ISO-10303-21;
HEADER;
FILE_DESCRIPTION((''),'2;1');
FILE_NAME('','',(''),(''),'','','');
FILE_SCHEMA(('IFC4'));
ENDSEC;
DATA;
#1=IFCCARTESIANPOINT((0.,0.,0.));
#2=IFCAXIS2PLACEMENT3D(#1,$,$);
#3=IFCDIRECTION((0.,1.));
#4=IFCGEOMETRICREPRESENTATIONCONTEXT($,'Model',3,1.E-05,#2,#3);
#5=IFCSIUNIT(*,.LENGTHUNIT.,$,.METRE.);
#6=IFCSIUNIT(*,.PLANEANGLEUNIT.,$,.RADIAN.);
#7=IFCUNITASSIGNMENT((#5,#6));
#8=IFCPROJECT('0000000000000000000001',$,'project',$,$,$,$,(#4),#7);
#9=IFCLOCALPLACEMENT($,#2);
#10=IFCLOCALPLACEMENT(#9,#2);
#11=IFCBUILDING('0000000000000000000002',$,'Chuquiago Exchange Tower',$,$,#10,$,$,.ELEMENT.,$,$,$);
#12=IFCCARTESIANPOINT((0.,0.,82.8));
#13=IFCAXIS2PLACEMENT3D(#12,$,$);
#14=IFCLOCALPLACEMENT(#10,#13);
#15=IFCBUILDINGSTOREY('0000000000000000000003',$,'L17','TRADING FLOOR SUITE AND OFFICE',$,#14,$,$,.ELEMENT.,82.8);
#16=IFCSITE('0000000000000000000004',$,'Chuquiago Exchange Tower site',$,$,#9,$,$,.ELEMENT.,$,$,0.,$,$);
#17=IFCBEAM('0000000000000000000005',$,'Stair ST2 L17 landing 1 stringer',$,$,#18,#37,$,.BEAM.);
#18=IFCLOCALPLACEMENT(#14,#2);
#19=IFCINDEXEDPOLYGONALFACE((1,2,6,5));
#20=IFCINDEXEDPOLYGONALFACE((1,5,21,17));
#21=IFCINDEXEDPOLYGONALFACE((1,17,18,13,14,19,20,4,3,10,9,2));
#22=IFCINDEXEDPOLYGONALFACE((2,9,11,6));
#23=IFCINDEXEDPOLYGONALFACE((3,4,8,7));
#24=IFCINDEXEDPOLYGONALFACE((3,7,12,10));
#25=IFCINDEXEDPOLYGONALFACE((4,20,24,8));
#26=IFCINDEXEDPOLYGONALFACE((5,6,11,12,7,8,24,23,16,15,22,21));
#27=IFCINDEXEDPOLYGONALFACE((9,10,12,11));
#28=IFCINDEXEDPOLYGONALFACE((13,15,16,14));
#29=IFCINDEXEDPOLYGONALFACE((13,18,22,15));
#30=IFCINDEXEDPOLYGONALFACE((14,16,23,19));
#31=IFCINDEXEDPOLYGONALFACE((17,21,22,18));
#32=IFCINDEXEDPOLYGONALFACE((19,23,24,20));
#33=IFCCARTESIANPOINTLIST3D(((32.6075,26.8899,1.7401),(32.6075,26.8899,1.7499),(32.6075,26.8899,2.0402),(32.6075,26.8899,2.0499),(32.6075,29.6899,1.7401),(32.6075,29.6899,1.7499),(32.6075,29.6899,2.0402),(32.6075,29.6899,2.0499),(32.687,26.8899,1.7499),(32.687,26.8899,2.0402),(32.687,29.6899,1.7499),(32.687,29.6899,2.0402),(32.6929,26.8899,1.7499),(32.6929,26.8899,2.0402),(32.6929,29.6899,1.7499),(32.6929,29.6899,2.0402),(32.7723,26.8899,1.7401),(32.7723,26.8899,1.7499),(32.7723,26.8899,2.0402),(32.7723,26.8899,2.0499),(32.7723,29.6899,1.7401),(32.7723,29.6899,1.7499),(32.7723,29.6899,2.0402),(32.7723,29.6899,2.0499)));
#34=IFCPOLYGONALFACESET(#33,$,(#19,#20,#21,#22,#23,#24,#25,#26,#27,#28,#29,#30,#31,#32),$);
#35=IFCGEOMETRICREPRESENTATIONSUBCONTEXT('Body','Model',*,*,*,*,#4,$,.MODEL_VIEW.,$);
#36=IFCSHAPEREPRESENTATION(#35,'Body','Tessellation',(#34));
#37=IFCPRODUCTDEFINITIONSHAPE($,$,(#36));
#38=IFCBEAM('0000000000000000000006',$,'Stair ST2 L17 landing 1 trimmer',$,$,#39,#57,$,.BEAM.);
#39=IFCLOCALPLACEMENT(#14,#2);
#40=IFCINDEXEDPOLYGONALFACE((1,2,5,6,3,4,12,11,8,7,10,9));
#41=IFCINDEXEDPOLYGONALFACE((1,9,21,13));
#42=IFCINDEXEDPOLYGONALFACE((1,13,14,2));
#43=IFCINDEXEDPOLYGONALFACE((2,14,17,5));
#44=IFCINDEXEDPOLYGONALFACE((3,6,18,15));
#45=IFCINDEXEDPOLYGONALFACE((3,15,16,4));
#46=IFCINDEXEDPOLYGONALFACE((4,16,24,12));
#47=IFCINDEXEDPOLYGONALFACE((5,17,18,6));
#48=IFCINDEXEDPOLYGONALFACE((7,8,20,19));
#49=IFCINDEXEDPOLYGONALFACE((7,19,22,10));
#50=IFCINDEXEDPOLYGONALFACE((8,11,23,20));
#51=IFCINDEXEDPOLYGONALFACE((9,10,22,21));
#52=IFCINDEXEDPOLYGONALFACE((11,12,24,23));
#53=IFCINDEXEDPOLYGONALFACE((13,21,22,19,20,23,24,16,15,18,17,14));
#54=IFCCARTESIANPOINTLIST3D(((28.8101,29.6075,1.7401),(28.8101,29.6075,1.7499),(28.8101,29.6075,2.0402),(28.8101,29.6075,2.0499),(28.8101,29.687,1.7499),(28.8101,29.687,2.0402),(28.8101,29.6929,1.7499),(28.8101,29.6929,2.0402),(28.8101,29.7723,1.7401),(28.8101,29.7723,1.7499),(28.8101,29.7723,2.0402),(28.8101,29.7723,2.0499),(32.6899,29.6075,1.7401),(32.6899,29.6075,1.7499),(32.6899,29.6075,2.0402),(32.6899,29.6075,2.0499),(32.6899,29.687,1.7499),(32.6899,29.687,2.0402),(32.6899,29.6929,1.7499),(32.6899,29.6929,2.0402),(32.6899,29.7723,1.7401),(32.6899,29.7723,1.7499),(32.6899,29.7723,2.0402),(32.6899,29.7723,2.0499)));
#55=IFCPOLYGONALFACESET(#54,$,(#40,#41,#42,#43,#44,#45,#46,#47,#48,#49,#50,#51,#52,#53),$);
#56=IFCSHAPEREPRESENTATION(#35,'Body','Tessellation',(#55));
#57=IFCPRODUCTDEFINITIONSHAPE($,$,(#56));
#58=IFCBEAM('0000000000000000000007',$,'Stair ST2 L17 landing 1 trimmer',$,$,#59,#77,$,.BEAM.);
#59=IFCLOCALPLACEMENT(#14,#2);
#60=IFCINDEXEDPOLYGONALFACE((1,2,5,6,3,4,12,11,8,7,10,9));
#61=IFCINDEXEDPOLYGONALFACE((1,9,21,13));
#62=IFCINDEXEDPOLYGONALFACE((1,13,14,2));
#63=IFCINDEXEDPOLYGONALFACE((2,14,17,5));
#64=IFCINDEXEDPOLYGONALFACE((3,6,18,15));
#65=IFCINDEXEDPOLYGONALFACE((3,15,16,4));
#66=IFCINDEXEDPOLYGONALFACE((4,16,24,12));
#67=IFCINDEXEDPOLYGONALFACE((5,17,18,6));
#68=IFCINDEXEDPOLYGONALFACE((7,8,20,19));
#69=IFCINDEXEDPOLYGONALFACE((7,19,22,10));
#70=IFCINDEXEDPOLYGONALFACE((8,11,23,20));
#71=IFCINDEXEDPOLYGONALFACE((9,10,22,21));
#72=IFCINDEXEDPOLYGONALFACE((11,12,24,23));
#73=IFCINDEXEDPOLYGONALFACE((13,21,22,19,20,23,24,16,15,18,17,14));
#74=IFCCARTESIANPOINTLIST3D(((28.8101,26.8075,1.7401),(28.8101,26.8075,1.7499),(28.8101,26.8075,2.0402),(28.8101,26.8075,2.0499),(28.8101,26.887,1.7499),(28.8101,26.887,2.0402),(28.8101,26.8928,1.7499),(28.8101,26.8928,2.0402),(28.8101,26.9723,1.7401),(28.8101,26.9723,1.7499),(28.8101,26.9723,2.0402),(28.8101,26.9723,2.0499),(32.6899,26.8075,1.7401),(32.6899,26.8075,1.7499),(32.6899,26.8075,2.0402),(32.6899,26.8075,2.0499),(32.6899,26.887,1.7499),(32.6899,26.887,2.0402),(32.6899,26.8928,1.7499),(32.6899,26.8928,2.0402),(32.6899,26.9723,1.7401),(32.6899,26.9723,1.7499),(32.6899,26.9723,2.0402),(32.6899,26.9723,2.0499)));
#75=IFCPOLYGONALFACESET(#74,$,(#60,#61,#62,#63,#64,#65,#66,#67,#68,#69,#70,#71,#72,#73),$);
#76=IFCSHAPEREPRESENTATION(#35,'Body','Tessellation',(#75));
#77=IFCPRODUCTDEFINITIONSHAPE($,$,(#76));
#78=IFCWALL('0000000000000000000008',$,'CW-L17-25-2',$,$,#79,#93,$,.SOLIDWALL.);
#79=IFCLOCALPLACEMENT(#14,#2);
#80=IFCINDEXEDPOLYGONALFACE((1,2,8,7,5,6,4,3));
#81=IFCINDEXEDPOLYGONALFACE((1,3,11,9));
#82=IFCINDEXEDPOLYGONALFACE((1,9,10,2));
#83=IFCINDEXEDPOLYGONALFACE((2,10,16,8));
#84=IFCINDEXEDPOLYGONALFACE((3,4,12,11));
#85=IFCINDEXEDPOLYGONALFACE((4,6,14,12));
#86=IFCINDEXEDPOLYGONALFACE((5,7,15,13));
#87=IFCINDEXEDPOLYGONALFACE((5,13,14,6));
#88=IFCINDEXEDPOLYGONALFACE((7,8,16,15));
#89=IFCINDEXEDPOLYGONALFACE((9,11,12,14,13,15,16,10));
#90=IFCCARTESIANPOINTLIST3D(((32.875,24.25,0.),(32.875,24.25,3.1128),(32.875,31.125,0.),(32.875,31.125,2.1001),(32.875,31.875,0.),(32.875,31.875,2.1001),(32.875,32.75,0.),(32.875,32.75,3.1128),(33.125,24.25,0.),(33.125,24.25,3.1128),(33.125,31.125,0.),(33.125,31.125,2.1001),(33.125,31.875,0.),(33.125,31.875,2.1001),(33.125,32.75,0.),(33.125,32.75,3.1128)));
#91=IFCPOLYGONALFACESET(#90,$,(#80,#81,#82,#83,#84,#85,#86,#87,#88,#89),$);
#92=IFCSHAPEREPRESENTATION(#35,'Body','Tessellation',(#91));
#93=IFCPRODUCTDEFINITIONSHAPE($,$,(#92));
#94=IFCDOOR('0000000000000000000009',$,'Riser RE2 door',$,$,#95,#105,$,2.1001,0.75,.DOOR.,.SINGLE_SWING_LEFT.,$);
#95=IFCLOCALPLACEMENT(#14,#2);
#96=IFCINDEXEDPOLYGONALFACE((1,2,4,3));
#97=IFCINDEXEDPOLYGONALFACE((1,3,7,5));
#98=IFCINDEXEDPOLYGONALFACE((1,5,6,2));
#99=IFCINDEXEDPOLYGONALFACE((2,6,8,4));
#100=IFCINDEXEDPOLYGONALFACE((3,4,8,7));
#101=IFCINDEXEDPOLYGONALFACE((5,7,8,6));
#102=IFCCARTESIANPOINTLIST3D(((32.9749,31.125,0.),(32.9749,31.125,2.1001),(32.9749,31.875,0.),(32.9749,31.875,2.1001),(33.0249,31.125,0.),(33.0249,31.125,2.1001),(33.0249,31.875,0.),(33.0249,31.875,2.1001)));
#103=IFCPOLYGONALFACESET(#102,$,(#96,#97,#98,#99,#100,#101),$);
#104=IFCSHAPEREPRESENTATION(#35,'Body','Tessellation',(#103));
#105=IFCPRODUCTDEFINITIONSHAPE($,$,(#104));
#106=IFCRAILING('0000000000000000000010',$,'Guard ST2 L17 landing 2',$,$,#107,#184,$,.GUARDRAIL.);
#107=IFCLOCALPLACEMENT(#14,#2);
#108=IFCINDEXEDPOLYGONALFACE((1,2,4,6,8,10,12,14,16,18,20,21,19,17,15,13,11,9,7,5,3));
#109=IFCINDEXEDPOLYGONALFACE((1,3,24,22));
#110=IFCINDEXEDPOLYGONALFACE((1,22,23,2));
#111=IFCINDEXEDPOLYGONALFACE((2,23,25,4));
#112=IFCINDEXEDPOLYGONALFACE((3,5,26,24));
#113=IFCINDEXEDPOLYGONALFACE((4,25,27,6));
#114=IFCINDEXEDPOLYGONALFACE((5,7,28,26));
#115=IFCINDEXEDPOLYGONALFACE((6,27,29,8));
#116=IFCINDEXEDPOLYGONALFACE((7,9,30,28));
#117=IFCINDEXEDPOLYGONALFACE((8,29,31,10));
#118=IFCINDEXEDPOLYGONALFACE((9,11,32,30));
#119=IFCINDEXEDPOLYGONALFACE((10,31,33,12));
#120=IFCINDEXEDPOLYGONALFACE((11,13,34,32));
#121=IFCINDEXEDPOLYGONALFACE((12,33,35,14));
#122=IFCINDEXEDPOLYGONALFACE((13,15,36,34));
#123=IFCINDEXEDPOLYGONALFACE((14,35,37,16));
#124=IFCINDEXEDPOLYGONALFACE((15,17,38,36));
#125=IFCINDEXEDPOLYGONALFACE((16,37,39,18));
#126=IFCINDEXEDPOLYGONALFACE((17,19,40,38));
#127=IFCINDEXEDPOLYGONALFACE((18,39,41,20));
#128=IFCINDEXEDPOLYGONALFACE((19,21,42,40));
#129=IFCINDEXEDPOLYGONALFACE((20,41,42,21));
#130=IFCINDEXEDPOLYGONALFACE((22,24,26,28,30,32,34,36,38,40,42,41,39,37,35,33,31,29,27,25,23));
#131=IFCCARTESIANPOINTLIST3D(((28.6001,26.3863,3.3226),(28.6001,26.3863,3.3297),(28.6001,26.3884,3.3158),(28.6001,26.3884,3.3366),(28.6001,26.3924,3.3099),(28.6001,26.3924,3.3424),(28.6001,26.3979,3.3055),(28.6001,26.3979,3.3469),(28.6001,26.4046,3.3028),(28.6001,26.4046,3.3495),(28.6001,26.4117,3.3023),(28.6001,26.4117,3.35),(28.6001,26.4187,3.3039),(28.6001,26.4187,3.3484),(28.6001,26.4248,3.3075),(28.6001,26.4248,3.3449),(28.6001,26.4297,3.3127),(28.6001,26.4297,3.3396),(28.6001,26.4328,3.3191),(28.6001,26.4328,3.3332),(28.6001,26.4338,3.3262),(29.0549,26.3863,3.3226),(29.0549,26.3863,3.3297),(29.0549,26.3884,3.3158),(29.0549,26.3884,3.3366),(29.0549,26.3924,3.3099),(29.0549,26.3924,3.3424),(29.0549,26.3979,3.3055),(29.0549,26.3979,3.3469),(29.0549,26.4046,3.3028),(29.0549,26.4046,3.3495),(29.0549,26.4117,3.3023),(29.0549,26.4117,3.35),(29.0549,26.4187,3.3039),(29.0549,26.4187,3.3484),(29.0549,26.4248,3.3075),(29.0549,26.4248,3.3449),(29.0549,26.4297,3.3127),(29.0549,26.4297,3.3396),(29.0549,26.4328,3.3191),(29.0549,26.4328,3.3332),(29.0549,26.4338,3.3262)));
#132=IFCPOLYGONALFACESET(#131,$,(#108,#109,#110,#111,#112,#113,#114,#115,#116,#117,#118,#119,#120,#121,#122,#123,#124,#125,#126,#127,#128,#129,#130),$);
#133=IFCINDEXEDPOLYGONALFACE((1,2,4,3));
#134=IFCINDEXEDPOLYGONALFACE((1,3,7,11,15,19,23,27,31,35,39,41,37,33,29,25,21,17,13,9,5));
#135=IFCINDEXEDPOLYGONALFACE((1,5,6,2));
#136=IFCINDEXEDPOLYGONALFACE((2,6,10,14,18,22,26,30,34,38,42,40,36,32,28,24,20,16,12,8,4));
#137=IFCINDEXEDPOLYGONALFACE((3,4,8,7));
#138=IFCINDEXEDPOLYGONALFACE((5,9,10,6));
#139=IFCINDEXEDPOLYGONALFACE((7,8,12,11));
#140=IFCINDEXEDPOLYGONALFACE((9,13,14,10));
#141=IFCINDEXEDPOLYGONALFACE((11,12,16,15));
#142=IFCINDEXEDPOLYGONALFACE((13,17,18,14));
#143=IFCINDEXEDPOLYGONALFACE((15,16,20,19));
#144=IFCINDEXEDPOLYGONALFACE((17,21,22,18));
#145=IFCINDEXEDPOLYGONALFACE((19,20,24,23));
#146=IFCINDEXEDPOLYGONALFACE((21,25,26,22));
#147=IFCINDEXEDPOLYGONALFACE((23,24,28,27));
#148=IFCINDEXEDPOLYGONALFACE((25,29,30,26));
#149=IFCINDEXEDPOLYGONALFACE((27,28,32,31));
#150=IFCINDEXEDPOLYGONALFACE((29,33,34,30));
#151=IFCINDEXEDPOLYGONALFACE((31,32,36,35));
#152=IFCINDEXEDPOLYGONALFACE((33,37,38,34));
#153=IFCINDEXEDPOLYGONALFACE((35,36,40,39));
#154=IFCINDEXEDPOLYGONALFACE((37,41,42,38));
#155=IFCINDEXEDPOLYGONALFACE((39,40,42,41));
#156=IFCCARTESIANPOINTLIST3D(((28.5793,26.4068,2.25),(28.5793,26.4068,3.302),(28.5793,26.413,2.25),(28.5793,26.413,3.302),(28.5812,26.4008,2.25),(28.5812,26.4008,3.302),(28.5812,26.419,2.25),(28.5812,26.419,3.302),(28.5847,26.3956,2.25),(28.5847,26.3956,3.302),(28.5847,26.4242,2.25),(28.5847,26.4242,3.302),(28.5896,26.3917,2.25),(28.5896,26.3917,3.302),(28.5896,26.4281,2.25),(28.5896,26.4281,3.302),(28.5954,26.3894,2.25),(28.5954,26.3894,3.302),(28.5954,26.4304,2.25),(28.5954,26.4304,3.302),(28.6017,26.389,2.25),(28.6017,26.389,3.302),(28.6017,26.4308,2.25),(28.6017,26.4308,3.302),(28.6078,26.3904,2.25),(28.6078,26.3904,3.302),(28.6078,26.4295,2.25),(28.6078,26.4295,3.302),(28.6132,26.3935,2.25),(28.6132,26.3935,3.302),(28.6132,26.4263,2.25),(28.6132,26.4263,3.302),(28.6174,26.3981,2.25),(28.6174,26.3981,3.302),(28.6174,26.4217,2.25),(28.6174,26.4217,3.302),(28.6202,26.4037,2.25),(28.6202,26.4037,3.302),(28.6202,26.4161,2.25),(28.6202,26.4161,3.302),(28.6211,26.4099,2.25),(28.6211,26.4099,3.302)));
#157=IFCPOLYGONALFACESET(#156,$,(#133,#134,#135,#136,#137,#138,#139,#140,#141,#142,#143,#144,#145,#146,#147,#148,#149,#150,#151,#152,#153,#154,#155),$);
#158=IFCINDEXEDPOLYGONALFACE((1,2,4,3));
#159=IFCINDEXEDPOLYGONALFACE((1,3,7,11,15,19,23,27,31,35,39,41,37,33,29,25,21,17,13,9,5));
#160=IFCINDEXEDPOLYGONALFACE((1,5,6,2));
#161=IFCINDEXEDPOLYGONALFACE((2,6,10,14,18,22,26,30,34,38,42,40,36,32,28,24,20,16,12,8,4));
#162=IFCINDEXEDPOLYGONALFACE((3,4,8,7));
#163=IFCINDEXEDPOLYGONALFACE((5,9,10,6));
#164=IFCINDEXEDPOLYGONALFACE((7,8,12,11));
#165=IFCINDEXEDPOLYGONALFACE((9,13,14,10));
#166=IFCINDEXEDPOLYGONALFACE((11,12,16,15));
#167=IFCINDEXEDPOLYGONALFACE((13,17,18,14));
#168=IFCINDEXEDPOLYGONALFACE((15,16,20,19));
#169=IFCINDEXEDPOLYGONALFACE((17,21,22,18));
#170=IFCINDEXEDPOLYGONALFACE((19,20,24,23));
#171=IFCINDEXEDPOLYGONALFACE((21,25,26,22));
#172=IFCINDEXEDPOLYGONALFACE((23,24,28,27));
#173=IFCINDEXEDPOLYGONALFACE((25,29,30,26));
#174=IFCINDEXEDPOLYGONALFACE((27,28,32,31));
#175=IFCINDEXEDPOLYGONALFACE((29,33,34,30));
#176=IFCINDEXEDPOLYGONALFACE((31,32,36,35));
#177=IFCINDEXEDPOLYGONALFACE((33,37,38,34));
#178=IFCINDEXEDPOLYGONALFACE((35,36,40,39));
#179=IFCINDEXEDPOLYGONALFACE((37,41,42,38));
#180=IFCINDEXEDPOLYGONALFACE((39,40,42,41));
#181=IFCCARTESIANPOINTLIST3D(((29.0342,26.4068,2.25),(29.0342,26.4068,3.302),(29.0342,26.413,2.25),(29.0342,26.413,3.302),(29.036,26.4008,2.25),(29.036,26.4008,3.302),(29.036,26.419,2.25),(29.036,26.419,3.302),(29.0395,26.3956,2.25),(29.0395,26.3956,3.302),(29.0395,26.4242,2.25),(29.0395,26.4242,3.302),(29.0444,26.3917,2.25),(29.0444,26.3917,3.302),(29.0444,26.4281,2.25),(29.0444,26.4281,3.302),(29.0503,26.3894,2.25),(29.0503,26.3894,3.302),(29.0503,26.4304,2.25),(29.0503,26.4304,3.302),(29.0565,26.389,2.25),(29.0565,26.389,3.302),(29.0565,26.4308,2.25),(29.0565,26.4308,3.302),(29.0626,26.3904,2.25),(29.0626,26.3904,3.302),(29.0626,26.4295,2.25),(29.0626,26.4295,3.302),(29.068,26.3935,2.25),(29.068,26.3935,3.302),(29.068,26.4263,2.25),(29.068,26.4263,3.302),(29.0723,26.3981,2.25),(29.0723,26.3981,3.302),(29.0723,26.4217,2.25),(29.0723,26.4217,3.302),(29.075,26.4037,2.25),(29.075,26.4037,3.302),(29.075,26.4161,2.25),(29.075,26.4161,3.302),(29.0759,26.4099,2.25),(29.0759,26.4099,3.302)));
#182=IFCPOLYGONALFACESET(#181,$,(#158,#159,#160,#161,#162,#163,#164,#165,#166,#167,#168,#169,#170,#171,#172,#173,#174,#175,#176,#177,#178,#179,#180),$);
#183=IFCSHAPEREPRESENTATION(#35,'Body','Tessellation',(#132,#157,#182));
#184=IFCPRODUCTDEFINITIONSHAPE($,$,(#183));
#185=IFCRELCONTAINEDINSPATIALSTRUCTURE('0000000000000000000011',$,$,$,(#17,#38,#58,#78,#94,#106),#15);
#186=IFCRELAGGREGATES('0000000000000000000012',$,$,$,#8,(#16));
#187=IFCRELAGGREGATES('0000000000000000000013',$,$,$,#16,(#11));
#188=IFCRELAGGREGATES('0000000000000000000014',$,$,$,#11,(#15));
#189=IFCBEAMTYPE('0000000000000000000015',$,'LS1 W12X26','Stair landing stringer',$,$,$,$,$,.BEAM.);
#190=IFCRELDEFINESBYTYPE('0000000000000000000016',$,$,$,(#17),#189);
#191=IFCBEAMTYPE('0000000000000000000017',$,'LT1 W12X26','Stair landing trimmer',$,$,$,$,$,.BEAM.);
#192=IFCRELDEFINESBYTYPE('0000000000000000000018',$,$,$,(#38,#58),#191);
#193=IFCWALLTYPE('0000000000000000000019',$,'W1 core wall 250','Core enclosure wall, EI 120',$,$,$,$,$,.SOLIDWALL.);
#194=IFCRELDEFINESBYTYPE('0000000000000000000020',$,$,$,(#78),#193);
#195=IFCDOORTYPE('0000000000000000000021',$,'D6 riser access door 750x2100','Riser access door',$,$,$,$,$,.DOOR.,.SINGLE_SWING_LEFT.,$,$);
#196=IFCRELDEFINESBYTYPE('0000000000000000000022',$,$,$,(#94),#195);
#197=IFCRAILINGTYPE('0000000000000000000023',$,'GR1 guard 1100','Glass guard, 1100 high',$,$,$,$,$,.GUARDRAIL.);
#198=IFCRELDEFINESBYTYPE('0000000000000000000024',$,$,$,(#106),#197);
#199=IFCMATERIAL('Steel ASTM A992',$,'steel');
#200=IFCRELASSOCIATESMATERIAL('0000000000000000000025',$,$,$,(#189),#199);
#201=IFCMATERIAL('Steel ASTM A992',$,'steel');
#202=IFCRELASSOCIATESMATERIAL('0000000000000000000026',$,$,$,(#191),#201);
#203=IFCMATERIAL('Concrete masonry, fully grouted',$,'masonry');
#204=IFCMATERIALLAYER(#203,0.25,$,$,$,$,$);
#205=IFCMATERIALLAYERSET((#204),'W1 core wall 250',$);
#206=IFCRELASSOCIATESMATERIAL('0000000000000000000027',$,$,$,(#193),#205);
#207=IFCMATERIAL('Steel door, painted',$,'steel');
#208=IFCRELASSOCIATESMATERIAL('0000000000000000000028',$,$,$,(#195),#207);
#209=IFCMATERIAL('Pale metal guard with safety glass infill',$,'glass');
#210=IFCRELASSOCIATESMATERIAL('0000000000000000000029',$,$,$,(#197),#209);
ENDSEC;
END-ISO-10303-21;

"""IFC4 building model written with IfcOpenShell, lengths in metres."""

from ifc_helpers import new_model, si_unit, direction, frame, frame_2d, origin, origin_2d, place, context, subcontext, project, spatial, rectangle, circle, i_section, extrude, material, layer, layer_set, material_profile, profile_set, type_object, element, fill, save


model = new_model("IFC4")

# Units and contexts
model_context = context("Model", 3, precision=1e-05, world=origin(), true_north=direction((0.0, 1.0)))
body_context = subcontext(model_context, "Body", "Model", "MODEL_VIEW")
ifc_project = project(units=[si_unit("LENGTHUNIT", "METRE"), si_unit("PLANEANGLEUNIT", "RADIAN")], contexts=[model_context])

# Site, building, storey
site_placement = place(None, origin())
site = spatial("IfcSite", under=ifc_project, at=site_placement, Name="Chuquiago Exchange Tower site", CompositionType="ELEMENT", RefElevation=0.0)
building_placement = place(site_placement, origin())
building = spatial("IfcBuilding", under=site, at=building_placement, Name="Chuquiago Exchange Tower", CompositionType="ELEMENT")
storey_placement = place(building_placement, frame((0.0, 0.0, 82.8)))
storey = spatial("IfcBuildingStorey", under=building, at=storey_placement, Name="L17", Description="TRADING FLOOR SUITE AND OFFICE", CompositionType="ELEMENT", Elevation=82.8)

# Beams
ifc_material_1 = material(Name="Steel ASTM A992", Category="steel")
ifc_material_profile_1 = material_profile(ifc_material_1, i_section(OverallWidth=0.1648, OverallDepth=0.3098, WebThickness=0.0059, FlangeThickness=0.0098, at=origin_2d()), Name="W12X26")
ifc_profile_set_1 = profile_set([ifc_material_profile_1], Name="Steel ASTM A992")
beam_type_1 = type_object("IfcBeamType", Name="LS1 W12X26", Description="Stair landing stringer", PredefinedType="BEAM", material=ifc_profile_set_1)
for number, where, z_axis, x_axis, name in (
    (1, (32.6899, 26.8899, 1.895), (0.0, 1.0, 0.0), (-1.0, 0.0, 0.0), "Stair ST2 L17 landing 1 stringer"),
):
    element("IfcBeam", number, at=place(storey_placement, frame(where, z_axis=z_axis, x_axis=x_axis)), inside=storey, type_object=beam_type_1, Name=name, PredefinedType="BEAM", context=body_context, shape_type="SweptSolid", body=[
        extrude(i_section(OverallWidth=0.1648, OverallDepth=0.3098, WebThickness=0.0059, FlangeThickness=0.0098, at=origin_2d()), origin(), (0.0, 0.0, 1.0), 2.8),
    ])
ifc_material_2 = material(Name="Steel ASTM A992", Category="steel")
ifc_material_profile_2 = material_profile(ifc_material_2, i_section(OverallWidth=0.1648, OverallDepth=0.3098, WebThickness=0.0059, FlangeThickness=0.0098, at=origin_2d()), Name="W12X26")
ifc_profile_set_2 = profile_set([ifc_material_profile_2], Name="Steel ASTM A992")
beam_type_2 = type_object("IfcBeamType", Name="LT1 W12X26", Description="Stair landing trimmer", PredefinedType="BEAM", material=ifc_profile_set_2)
for number, where, z_axis, x_axis, name in (
    (2, (28.8101, 29.6899, 1.895), (1.0, 0.0, 0.0), (0.0, 1.0, 0.0), "Stair ST2 L17 landing 1 trimmer"),
    (3, (28.8101, 26.8899, 1.895), (1.0, 0.0, 0.0), (0.0, 1.0, 0.0), "Stair ST2 L17 landing 1 trimmer"),
):
    element("IfcBeam", number, at=place(storey_placement, frame(where, z_axis=z_axis, x_axis=x_axis)), inside=storey, type_object=beam_type_2, Name=name, PredefinedType="BEAM", context=body_context, shape_type="SweptSolid", body=[
        extrude(i_section(OverallWidth=0.1648, OverallDepth=0.3098, WebThickness=0.0059, FlangeThickness=0.0098, at=origin_2d()), origin(), (0.0, 0.0, 1.0), 3.8799),
    ])

# Wall, opening, door
ifc_material_3 = material(Name="Concrete masonry, fully grouted", Category="masonry")
ifc_layer = layer(ifc_material_3, 0.25)
ifc_layer_set = layer_set([ifc_layer], Name="W1 core wall 250")
wall_type = type_object("IfcWallType", Name="W1 core wall 250", Description="Core enclosure wall, EI 120", PredefinedType="SOLIDWALL", material=ifc_layer_set)
wall_placement = place(storey_placement, frame((33.0, 24.25, 0.0), z_axis=(0.0, 0.0, 1.0), x_axis=(0.0, 1.0, 0.0)))
wall = element("IfcWall", 4, at=wall_placement, inside=storey, type_object=wall_type, Name="CW-L17-25-2", PredefinedType="SOLIDWALL", context=body_context, shape_type="SweptSolid", body=[
    extrude(rectangle(XDim=8.5, YDim=0.25, at=frame_2d((4.25, 0.0))), origin(), (0.0, 0.0, 1.0), 3.1128),
])
opening_placement = place(wall_placement, frame((6.875, 0.0, 0.0)))
opening = element("IfcOpeningElement", 5, at=opening_placement, cuts=wall, PredefinedType="OPENING", context=body_context, shape_type="SweptSolid", body=[
    extrude(rectangle(XDim=0.75, YDim=2.1001, at=frame_2d((0.375, 1.05))), frame((0.0, 0.135, 0.0), z_axis=(0.0, -1.0, 0.0), x_axis=(1.0, 0.0, 0.0)), (0.0, 0.0, 1.0), 0.27),
])
ifc_material_4 = material(Name="Steel door, painted", Category="steel")
door_type = type_object("IfcDoorType", Name="D6 riser access door 750x2100", Description="Riser access door", OperationType="SINGLE_SWING_LEFT", PredefinedType="DOOR", material=ifc_material_4)
door_placement = place(opening_placement, frame((0.75, 0.0, 0.0), z_axis=(0.0, 0.0, 1.0), x_axis=(-1.0, 0.0, 0.0)))
door = element("IfcDoor", 6, at=door_placement, inside=storey, type_object=door_type, Name="Riser RE2 door", OperationType="SINGLE_SWING_LEFT", OverallHeight=2.1001, OverallWidth=0.75, PredefinedType="DOOR", context=body_context, shape_type="SweptSolid", body=[
    extrude(rectangle(XDim=0.75, YDim=2.1001, at=frame_2d((0.375, 1.05))), frame((0.0, 0.0249, 0.0), z_axis=(0.0, -1.0, 0.0), x_axis=(1.0, 0.0, 0.0)), (0.0, 0.0, 1.0), 0.05),
])
fill(opening, door)

# Railing
ifc_material_5 = material(Name="Pale metal guard with safety glass infill", Category="glass")
railing_type_1 = type_object("IfcRailingType", Name="GR1 guard 1100", Description="Glass guard, 1100 high", PredefinedType="GUARDRAIL", material=ifc_material_5)
for number, where, name in (
    (7, (28.6001, 26.4099, 2.25), "Guard ST2 L17 landing 2"),
):
    element("IfcRailing", number, at=place(storey_placement, frame(where)), inside=storey, type_object=railing_type_1, Name=name, PredefinedType="GUARDRAIL", context=body_context, shape_type="SweptSolid", body=[
        extrude(circle(Radius=0.0239, at=origin_2d()), frame((0.0, 0.0, 1.0762), z_axis=(1.0, 0.0, 0.0), x_axis=(0.0, 1.0, 0.0)), (0.0, 0.0, 1.0), 0.4548),
        extrude(circle(Radius=0.021, at=origin_2d()), origin(), (0.0, 0.0, 1.0), 1.052),
        extrude(circle(Radius=0.021, at=origin_2d()), frame((0.4548, 0.0, 0.0)), (0.0, 0.0, 1.0), 1.052),
    ])

save(model, "model.ifc")
